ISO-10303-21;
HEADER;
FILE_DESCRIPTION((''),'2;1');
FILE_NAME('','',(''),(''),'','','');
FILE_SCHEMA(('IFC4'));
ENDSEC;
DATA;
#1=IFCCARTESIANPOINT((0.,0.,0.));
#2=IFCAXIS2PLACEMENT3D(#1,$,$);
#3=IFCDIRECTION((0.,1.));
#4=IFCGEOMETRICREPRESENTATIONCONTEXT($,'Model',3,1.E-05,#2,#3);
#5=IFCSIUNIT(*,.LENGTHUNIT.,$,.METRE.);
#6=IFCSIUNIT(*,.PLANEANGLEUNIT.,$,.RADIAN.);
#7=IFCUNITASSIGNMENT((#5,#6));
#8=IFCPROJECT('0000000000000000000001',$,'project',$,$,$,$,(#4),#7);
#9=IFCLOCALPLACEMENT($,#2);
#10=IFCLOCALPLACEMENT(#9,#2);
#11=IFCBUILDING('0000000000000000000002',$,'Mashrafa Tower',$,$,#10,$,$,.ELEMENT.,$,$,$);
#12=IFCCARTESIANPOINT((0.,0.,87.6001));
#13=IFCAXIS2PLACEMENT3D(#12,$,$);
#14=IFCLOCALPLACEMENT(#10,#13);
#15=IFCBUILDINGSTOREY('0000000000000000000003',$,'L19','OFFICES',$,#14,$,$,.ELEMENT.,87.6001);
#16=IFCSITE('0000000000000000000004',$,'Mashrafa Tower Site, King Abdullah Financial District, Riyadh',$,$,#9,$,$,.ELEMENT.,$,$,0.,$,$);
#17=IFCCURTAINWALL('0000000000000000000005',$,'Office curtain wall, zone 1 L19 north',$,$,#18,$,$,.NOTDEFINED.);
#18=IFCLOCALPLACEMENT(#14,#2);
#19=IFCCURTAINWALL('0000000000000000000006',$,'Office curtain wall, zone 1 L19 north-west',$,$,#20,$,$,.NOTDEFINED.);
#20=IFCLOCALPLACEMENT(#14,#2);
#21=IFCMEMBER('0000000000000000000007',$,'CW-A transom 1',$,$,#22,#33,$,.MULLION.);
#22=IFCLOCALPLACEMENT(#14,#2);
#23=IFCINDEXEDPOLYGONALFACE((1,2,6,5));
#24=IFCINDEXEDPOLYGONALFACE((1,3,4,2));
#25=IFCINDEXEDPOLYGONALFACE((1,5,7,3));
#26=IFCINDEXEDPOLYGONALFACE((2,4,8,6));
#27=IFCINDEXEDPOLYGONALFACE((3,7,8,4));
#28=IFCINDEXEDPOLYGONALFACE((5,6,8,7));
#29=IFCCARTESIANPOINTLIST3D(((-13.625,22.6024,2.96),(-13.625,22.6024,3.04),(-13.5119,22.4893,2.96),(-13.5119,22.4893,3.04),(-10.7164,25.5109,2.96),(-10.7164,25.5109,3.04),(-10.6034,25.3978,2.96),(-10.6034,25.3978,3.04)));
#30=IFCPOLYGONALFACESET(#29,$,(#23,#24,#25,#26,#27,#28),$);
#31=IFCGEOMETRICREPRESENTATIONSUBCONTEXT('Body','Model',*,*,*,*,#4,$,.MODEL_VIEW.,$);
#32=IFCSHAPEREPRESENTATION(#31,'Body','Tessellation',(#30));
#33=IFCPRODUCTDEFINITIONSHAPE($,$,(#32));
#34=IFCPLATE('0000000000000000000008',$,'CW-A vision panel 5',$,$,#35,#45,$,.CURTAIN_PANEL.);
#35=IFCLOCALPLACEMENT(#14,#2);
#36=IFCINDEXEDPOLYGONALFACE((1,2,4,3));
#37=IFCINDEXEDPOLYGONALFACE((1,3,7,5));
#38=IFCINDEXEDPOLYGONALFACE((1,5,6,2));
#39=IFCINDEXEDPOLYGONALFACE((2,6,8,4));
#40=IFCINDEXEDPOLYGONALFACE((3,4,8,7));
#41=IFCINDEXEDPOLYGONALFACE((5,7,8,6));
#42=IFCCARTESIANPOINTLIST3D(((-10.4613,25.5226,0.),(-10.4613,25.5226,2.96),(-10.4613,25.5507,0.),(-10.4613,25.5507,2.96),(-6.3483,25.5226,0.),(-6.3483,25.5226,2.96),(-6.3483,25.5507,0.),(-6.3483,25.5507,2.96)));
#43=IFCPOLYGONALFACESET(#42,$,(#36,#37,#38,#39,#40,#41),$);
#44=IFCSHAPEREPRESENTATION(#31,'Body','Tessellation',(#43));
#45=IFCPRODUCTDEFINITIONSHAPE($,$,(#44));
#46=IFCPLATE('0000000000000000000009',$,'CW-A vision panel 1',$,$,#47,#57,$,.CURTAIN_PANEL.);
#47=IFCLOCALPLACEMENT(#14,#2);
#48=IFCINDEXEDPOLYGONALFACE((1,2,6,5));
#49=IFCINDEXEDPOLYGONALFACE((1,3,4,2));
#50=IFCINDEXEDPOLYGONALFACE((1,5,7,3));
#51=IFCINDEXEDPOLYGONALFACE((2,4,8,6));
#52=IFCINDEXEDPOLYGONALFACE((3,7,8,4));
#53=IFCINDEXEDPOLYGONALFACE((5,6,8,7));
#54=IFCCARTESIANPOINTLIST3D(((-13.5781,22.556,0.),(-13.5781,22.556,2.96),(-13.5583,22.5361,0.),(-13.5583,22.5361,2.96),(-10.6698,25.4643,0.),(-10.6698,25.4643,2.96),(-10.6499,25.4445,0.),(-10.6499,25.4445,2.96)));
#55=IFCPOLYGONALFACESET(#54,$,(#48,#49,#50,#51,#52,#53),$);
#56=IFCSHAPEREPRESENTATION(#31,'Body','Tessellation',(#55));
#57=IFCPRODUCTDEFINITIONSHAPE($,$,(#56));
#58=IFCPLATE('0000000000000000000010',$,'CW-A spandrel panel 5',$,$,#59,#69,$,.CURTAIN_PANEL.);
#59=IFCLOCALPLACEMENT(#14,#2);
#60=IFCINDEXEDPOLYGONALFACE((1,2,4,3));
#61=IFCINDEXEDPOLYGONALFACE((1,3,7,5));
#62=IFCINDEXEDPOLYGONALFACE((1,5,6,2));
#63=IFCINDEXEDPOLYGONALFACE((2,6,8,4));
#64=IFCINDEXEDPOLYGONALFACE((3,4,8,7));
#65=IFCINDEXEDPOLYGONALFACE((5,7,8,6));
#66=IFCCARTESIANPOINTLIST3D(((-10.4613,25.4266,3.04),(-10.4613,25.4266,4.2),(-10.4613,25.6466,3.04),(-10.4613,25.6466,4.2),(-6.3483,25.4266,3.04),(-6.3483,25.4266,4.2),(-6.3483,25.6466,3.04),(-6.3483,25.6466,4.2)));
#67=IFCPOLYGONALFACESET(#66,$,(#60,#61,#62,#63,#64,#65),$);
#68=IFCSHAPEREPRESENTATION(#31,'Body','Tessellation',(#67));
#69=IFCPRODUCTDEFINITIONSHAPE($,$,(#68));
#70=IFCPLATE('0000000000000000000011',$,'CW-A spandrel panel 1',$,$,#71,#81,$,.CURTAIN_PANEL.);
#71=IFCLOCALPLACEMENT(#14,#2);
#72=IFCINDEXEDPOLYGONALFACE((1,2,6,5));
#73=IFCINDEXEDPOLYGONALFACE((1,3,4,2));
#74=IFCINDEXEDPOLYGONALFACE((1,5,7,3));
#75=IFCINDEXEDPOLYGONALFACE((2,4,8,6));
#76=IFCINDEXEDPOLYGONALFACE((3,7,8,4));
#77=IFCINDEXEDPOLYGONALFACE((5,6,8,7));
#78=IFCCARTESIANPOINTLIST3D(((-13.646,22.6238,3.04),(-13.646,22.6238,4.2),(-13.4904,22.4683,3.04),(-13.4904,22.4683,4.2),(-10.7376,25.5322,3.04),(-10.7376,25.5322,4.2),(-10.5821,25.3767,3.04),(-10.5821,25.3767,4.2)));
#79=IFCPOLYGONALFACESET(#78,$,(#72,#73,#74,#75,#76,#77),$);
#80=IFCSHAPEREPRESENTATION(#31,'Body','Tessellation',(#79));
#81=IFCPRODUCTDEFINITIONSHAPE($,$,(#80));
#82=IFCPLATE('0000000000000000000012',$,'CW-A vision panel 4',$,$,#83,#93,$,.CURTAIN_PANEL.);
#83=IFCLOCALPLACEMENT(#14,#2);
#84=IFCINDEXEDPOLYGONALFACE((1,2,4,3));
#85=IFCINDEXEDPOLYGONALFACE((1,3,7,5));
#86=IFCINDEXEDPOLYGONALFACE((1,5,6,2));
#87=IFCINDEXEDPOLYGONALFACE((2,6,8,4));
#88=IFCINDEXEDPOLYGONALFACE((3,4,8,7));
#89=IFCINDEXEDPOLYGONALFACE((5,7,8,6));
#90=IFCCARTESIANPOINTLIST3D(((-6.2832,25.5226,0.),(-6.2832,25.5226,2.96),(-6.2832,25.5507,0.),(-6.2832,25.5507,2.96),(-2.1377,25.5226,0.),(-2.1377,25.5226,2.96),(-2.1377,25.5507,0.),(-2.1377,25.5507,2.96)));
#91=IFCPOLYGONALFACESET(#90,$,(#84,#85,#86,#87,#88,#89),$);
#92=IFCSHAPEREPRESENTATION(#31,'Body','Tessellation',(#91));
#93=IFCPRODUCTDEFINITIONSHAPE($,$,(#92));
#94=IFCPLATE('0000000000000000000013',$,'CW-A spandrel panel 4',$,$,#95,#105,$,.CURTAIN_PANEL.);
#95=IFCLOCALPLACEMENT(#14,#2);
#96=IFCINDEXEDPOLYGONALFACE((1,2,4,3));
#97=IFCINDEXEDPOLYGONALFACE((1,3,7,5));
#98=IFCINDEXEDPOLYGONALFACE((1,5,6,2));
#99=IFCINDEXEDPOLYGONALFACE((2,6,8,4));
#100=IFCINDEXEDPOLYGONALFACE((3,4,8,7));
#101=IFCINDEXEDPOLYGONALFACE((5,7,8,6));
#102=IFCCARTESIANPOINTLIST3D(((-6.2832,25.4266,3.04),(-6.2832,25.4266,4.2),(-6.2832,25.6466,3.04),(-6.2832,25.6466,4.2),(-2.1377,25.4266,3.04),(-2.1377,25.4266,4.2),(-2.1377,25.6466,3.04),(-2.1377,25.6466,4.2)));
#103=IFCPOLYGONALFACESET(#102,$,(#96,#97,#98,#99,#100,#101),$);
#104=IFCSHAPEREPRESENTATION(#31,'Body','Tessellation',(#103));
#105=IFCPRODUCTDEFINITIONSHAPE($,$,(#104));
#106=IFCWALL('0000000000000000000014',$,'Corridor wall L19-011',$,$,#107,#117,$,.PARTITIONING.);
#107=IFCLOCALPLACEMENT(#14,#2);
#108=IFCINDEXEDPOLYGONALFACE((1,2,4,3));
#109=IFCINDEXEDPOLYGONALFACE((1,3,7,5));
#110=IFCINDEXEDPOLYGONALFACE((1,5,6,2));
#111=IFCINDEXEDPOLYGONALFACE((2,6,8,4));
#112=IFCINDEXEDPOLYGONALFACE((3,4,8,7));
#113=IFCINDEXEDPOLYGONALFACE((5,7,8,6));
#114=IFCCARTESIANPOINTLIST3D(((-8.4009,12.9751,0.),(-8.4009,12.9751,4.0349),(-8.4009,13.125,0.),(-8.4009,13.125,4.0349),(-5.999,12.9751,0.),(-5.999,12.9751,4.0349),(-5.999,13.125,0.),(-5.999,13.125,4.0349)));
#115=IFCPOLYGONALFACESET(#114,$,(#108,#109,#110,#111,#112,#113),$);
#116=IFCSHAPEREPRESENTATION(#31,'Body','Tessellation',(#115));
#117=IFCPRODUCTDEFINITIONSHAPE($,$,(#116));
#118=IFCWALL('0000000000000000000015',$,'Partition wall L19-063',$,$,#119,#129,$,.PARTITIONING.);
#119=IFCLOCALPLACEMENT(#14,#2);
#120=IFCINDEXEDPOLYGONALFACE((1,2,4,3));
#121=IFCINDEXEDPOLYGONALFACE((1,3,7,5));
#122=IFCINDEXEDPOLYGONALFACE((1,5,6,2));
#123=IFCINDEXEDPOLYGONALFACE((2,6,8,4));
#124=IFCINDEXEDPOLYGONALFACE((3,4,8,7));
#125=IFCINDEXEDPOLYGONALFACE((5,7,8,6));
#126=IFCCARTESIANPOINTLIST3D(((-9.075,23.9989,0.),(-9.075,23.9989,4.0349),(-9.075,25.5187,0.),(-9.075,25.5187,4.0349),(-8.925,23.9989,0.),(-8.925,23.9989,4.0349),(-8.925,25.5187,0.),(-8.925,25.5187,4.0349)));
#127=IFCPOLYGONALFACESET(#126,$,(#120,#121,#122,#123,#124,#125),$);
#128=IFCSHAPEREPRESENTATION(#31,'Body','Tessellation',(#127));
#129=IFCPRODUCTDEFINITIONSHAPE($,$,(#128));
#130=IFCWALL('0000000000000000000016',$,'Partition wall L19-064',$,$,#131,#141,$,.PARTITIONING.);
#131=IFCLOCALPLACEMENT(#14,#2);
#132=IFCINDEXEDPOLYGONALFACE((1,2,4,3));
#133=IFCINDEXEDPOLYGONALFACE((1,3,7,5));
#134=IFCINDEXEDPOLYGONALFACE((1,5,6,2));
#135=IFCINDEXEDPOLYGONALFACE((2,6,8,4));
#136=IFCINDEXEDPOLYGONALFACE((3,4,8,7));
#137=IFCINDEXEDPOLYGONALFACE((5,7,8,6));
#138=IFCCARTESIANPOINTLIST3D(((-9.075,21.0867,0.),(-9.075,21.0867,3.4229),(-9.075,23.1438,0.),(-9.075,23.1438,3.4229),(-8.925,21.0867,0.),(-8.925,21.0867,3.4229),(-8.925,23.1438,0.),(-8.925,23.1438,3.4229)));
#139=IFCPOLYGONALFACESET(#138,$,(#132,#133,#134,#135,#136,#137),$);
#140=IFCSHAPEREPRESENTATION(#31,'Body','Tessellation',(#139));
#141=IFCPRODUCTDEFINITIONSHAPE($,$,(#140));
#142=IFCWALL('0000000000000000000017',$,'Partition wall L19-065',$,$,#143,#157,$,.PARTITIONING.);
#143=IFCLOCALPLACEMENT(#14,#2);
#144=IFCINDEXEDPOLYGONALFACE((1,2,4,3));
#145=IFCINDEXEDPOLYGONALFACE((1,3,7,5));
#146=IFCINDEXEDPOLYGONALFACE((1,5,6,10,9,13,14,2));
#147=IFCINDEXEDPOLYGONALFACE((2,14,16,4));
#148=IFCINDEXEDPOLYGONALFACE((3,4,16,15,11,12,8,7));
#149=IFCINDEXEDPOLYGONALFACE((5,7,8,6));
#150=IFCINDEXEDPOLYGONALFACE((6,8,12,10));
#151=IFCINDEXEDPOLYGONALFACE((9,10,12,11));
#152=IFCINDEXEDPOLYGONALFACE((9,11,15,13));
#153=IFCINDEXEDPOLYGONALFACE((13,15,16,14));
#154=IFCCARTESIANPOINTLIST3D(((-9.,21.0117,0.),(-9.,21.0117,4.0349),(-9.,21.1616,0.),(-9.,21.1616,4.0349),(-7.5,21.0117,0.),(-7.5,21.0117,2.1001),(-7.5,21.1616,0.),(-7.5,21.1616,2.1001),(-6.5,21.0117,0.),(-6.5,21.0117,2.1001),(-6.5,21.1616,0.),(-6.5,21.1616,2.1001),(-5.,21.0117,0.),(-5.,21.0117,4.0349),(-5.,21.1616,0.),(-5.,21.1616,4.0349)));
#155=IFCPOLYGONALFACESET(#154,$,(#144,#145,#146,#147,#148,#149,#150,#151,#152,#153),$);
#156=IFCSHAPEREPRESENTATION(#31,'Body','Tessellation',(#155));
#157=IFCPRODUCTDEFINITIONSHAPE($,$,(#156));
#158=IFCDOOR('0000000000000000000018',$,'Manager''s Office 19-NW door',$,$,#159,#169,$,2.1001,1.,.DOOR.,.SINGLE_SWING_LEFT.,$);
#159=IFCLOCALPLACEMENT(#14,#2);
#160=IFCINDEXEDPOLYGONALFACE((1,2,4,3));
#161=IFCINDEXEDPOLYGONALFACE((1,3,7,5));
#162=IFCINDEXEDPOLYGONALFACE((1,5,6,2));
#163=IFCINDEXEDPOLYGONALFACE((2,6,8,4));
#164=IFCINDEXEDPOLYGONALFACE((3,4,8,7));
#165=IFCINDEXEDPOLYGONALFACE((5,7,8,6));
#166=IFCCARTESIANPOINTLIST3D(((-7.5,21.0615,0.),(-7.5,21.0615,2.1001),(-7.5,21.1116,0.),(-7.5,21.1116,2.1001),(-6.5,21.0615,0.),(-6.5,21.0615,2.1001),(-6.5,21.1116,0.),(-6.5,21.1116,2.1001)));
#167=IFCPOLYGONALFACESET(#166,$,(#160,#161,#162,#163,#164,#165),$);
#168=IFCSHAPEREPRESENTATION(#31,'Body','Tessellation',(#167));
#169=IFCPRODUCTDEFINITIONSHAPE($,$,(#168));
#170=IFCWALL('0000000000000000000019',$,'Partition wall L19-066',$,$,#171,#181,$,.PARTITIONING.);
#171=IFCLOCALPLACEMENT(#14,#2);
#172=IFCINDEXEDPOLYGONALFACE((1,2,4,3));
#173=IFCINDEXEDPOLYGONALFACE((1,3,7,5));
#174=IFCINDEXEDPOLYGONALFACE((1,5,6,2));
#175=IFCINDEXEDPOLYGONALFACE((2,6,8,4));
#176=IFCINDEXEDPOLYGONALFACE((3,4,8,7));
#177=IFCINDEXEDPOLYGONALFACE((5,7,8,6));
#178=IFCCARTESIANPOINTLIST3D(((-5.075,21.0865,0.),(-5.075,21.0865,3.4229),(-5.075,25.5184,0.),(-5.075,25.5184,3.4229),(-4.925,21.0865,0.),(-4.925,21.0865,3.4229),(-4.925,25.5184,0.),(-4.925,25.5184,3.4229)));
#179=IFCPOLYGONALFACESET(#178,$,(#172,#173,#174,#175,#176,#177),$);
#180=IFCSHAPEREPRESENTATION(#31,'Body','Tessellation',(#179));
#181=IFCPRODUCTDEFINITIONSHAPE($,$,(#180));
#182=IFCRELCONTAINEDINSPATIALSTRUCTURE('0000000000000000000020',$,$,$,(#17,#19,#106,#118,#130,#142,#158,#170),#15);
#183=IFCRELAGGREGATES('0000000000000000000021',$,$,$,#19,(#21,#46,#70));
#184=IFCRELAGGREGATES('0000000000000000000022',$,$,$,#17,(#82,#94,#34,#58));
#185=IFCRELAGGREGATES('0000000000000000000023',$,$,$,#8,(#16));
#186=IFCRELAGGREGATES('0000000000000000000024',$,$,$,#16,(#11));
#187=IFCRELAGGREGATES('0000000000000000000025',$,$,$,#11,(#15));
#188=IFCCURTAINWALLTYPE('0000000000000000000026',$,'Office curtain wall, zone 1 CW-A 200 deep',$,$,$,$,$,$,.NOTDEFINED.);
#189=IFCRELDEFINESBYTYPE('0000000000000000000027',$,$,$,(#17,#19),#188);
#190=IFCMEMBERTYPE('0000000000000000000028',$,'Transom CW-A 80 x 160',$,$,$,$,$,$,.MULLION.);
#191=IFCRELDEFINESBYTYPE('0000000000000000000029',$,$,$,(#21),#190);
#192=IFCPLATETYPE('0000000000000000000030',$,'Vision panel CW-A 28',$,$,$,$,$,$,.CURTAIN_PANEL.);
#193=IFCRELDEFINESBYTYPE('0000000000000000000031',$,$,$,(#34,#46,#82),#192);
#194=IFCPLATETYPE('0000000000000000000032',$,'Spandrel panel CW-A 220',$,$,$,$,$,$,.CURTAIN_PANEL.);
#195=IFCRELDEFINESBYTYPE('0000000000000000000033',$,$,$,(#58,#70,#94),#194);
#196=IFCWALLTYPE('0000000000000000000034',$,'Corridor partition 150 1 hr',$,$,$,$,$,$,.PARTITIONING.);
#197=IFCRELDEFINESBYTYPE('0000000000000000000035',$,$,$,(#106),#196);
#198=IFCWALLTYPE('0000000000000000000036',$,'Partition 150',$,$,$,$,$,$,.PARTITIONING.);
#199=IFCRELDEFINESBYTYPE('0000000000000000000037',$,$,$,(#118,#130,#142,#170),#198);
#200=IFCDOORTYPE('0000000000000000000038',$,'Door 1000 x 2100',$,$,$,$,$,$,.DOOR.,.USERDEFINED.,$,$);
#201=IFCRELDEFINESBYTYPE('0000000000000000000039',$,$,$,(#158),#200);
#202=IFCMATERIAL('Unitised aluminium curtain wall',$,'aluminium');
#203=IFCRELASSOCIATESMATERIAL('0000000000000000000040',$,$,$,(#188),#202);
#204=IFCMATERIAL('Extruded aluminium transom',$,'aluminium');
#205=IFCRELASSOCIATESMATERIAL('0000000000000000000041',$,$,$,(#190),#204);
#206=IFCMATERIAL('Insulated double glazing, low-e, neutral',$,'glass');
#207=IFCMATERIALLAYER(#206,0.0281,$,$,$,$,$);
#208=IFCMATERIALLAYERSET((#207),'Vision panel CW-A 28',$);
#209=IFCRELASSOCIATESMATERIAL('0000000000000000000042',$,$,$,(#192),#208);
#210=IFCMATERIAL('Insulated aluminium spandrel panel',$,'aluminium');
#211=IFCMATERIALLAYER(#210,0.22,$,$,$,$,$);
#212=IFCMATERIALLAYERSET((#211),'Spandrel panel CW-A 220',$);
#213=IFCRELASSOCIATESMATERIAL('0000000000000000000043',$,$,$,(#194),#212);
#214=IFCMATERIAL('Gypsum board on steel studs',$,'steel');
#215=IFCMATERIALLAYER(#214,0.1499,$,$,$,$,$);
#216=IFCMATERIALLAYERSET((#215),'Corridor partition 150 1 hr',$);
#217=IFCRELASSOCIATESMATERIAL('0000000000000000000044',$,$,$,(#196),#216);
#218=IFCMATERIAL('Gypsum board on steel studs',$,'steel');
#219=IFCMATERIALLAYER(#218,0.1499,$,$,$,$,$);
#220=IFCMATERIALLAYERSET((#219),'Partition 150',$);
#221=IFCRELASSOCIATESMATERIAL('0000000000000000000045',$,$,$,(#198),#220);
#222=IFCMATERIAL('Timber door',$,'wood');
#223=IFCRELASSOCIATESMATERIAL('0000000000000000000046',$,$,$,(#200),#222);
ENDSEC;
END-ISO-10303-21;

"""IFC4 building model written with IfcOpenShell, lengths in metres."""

from ifc_helpers import new_model, si_unit, direction, frame, frame_2d, origin, origin_2d, place, context, subcontext, project, spatial, rectangle, extrude, source, transform, mapped, material, layer, layer_set, material_profile, profile_set, type_object, type_shapes, element, fill, aggregate, save


model = new_model("IFC4")

# Units and contexts
model_context = context("Model", 3, precision=1e-05, world=origin(), true_north=direction((0.0, 1.0)))
body_context = subcontext(model_context, "Body", "Model", "MODEL_VIEW")
ifc_project = project(units=[si_unit("LENGTHUNIT", "METRE"), si_unit("PLANEANGLEUNIT", "RADIAN")], contexts=[model_context])

# Site, building, storey
site_placement = place(None, origin())
site = spatial("IfcSite", under=ifc_project, at=site_placement, Name="Mashrafa Tower Site, King Abdullah Financial District, Riyadh", CompositionType="ELEMENT", RefElevation=0.0)
building_placement = place(site_placement, origin())
building = spatial("IfcBuilding", under=site, at=building_placement, Name="Mashrafa Tower", CompositionType="ELEMENT")
storey_placement = place(building_placement, frame((0.0, 0.0, 87.6001)))
storey = spatial("IfcBuildingStorey", under=building, at=storey_placement, Name="L19", Description="OFFICES", CompositionType="ELEMENT", Elevation=87.6001)

# Curtain wall
ifc_material_1 = material(Name="Unitised aluminium curtain wall", Category="aluminium")
curtain_wall_type = type_object("IfcCurtainWallType", Name="Office curtain wall, zone 1 CW-A 200 deep", PredefinedType="NOTDEFINED", material=ifc_material_1)
curtain_wall_1_placement = place(storey_placement, origin())
curtain_wall_1 = element("IfcCurtainWall", 1, at=curtain_wall_1_placement, inside=storey, type_object=curtain_wall_type, Name="Office curtain wall, zone 1 L19 north", PredefinedType="NOTDEFINED")

# Curtain wall
curtain_wall_2_placement = place(storey_placement, origin())
curtain_wall_2 = element("IfcCurtainWall", 2, at=curtain_wall_2_placement, inside=storey, type_object=curtain_wall_type, Name="Office curtain wall, zone 1 L19 north-west", PredefinedType="NOTDEFINED")

# Member
ifc_material_2 = material(Name="Extruded aluminium transom", Category="aluminium")
ifc_material_profile_1 = material_profile(ifc_material_2, rectangle(XDim=0.1599, YDim=0.0801, at=origin_2d()), Name="Transom 80x160")
ifc_profile_set_1 = profile_set([ifc_material_profile_1], Name="Extruded aluminium transom")
member_type_1 = type_object("IfcMemberType", Name="Transom CW-A 80 x 160", PredefinedType="MULLION", material=ifc_profile_set_1)
shared_shape_1 = source(origin(), body_context, "Body", "SweptSolid", [
    extrude(rectangle(XDim=0.1599, YDim=0.0801, at=origin_2d()), origin(), (0.0, 0.0, 1.0), 4.1133),
])
member_1_placement = place(storey_placement, frame((-10.6599, 25.4543, 3.0), z_axis=(-0.707107, -0.707107, 0.0), x_axis=(0.707107, -0.707107, 0.0)))
member_1 = element("IfcMember", 3, at=member_1_placement, type_object=member_type_1, Name="CW-A transom 1", PredefinedType="MULLION", context=body_context, shape_type="MappedRepresentation", body=[
    mapped(shared_shape_1, transform((0.0, 0.0, 0.0))),
])

# Plates
ifc_material_3 = material(Name="Insulated double glazing, low-e, neutral", Category="glass")
ifc_layer_1 = layer(ifc_material_3, 0.0281)
ifc_layer_set_1 = layer_set([ifc_layer_1], Name="Vision panel CW-A 28")
plate_type_1 = type_object("IfcPlateType", Name="Vision panel CW-A 28", PredefinedType="CURTAIN_PANEL", material=ifc_layer_set_1)
shared_shape_2 = source(origin(), body_context, "Body", "SweptSolid", [
    extrude(rectangle(XDim=4.113, YDim=0.0281, at=origin_2d()), origin(), (0.0, 0.0, 1.0), 2.96),
])
plate_1_placement = place(storey_placement, frame((-8.4048, 25.5366, 0.0), z_axis=(0.0, 0.0, 1.0), x_axis=(-1.0, 0.0, 0.0)))
plate_1 = element("IfcPlate", 4, at=plate_1_placement, type_object=plate_type_1, Name="CW-A vision panel 5", PredefinedType="CURTAIN_PANEL", context=body_context, shape_type="MappedRepresentation", body=[
    mapped(shared_shape_2, transform((0.0, 0.0, 0.0))),
])
plate_2_placement = place(storey_placement, frame((-12.114, 24.0002, 0.0), z_axis=(0.0, 0.0, 1.0), x_axis=(-0.707107, -0.707107, 0.0)))
plate_2 = element("IfcPlate", 5, at=plate_2_placement, type_object=plate_type_1, Name="CW-A vision panel 1", PredefinedType="CURTAIN_PANEL", context=body_context, shape_type="MappedRepresentation", body=[
    mapped(shared_shape_2, transform((0.0, 0.0, 0.0))),
])
ifc_material_4 = material(Name="Insulated aluminium spandrel panel", Category="aluminium")
ifc_layer_2 = layer(ifc_material_4, 0.22)
ifc_layer_set_2 = layer_set([ifc_layer_2], Name="Spandrel panel CW-A 220")
plate_type_2 = type_object("IfcPlateType", Name="Spandrel panel CW-A 220", PredefinedType="CURTAIN_PANEL", material=ifc_layer_set_2)
shared_shape_3 = source(origin(), body_context, "Body", "SweptSolid", [
    extrude(rectangle(XDim=4.113, YDim=0.22, at=origin_2d()), origin(), (0.0, 0.0, 1.0), 1.1599),
])
plate_3_placement = place(storey_placement, frame((-8.4048, 25.5366, 3.04), z_axis=(0.0, 0.0, 1.0), x_axis=(-1.0, 0.0, 0.0)))
plate_3 = element("IfcPlate", 6, at=plate_3_placement, type_object=plate_type_2, Name="CW-A spandrel panel 5", PredefinedType="CURTAIN_PANEL", context=body_context, shape_type="MappedRepresentation", body=[
    mapped(shared_shape_3, transform((0.0, 0.0, 0.0))),
])
plate_4_placement = place(storey_placement, frame((-12.114, 24.0002, 3.04), z_axis=(0.0, 0.0, 1.0), x_axis=(-0.707107, -0.707107, 0.0)))
plate_4 = element("IfcPlate", 7, at=plate_4_placement, type_object=plate_type_2, Name="CW-A spandrel panel 1", PredefinedType="CURTAIN_PANEL", context=body_context, shape_type="MappedRepresentation", body=[
    mapped(shared_shape_3, transform((0.0, 0.0, 0.0))),
])
aggregate(curtain_wall_2, [member_1, plate_2, plate_4])
shared_shape_4 = source(origin(), body_context, "Body", "SweptSolid", [
    extrude(rectangle(XDim=4.1455, YDim=0.0281, at=origin_2d()), origin(), (0.0, 0.0, 1.0), 2.96),
])
type_shapes(plate_type_1, [shared_shape_2, shared_shape_4])
plate_5_placement = place(storey_placement, frame((-4.2104, 25.5366, 0.0), z_axis=(0.0, 0.0, 1.0), x_axis=(-1.0, 0.0, 0.0)))
plate_5 = element("IfcPlate", 8, at=plate_5_placement, type_object=plate_type_1, Name="CW-A vision panel 4", PredefinedType="CURTAIN_PANEL", context=body_context, shape_type="MappedRepresentation", body=[
    mapped(shared_shape_4, transform((0.0, 0.0, 0.0))),
])
shared_shape_5 = source(origin(), body_context, "Body", "SweptSolid", [
    extrude(rectangle(XDim=4.1455, YDim=0.22, at=origin_2d()), origin(), (0.0, 0.0, 1.0), 1.1599),
])
type_shapes(plate_type_2, [shared_shape_3, shared_shape_5])
plate_6_placement = place(storey_placement, frame((-4.2104, 25.5366, 3.04), z_axis=(0.0, 0.0, 1.0), x_axis=(-1.0, 0.0, 0.0)))
plate_6 = element("IfcPlate", 9, at=plate_6_placement, type_object=plate_type_2, Name="CW-A spandrel panel 4", PredefinedType="CURTAIN_PANEL", context=body_context, shape_type="MappedRepresentation", body=[
    mapped(shared_shape_5, transform((0.0, 0.0, 0.0))),
])
aggregate(curtain_wall_1, [plate_5, plate_6, plate_1, plate_3])

# Walls
ifc_material_5 = material(Name="Gypsum board on steel studs", Category="steel")
ifc_layer_3 = layer(ifc_material_5, 0.1499)
ifc_layer_set_3 = layer_set([ifc_layer_3], Name="Corridor partition 150 1 hr")
wall_type_1 = type_object("IfcWallType", Name="Corridor partition 150 1 hr", PredefinedType="PARTITIONING", material=ifc_layer_set_3)
wall_1_placement = place(storey_placement, frame((-5.999, 13.05, 0.0), z_axis=(0.0, 0.0, 1.0), x_axis=(-1.0, 0.0, 0.0)))
element("IfcWall", 10, at=wall_1_placement, inside=storey, type_object=wall_type_1, Name="Corridor wall L19-011", PredefinedType="PARTITIONING", context=body_context, shape_type="SweptSolid", body=[
    extrude(rectangle(XDim=2.4019, YDim=0.1499, at=frame_2d((1.2009, 0.0))), origin(), (0.0, 0.0, 1.0), 4.0349),
])
ifc_material_6 = material(Name="Gypsum board on steel studs", Category="steel")
ifc_layer_4 = layer(ifc_material_6, 0.1499)
ifc_layer_set_4 = layer_set([ifc_layer_4], Name="Partition 150")
wall_type_2 = type_object("IfcWallType", Name="Partition 150", PredefinedType="PARTITIONING", material=ifc_layer_set_4)
wall_2_placement = place(storey_placement, frame((-9.0, 25.5186, 0.0), z_axis=(0.0, 0.0, 1.0), x_axis=(0.0, -1.0, 0.0)))
element("IfcWall", 11, at=wall_2_placement, inside=storey, type_object=wall_type_2, Name="Partition wall L19-063", PredefinedType="PARTITIONING", context=body_context, shape_type="SweptSolid", body=[
    extrude(rectangle(XDim=1.5198, YDim=0.1499, at=frame_2d((0.7598, 0.0))), origin(), (0.0, 0.0, 1.0), 4.0349),
])
wall_3_placement = place(storey_placement, frame((-9.0, 23.1438, 0.0), z_axis=(0.0, 0.0, 1.0), x_axis=(0.0, -1.0, 0.0)))
element("IfcWall", 12, at=wall_3_placement, inside=storey, type_object=wall_type_2, Name="Partition wall L19-064", PredefinedType="PARTITIONING", context=body_context, shape_type="SweptSolid", body=[
    extrude(rectangle(XDim=2.0571, YDim=0.1499, at=frame_2d((1.0286, 0.0))), origin(), (0.0, 0.0, 1.0), 3.4229),
])

# Wall, opening, door
wall_4_placement = place(storey_placement, frame((-9.0, 21.0867, 0.0), z_axis=(0.0, 0.0, 1.0), x_axis=(1.0, 0.0, 0.0)))
wall_4 = element("IfcWall", 13, at=wall_4_placement, inside=storey, type_object=wall_type_2, Name="Partition wall L19-065", PredefinedType="PARTITIONING", context=body_context, shape_type="SweptSolid", body=[
    extrude(rectangle(XDim=4.0, YDim=0.1499, at=frame_2d((2.0, 0.0))), origin(), (0.0, 0.0, 1.0), 4.0349),
])
opening_1_placement = place(wall_4_placement, frame((1.5, 0.0, 0.0)))
opening_1 = element("IfcOpeningElement", 14, at=opening_1_placement, cuts=wall_4, PredefinedType="OPENING", context=body_context, shape_type="SweptSolid", body=[
    extrude(rectangle(XDim=1.0, YDim=2.1001, at=frame_2d((0.5, 1.05))), frame((0.0, 0.085, 0.0), z_axis=(0.0, -1.0, 0.0), x_axis=(1.0, 0.0, 0.0)), (0.0, 0.0, 1.0), 0.1699),
])
ifc_material_7 = material(Name="Timber door", Category="wood")
door_type = type_object("IfcDoorType", Name="Door 1000 x 2100", OperationType="USERDEFINED", PredefinedType="DOOR", material=ifc_material_7)
door_1_placement = place(opening_1_placement, origin())
door_1 = element("IfcDoor", 15, at=door_1_placement, inside=storey, type_object=door_type, Name="Manager's Office 19-NW door", OperationType="SINGLE_SWING_LEFT", OverallHeight=2.1001, OverallWidth=1.0, PredefinedType="DOOR", context=body_context, shape_type="SweptSolid", body=[
    extrude(rectangle(XDim=1.0, YDim=2.1001, at=frame_2d((0.5, 1.05))), frame((0.0, 0.0249, 0.0), z_axis=(0.0, -1.0, 0.0), x_axis=(1.0, 0.0, 0.0)), (0.0, 0.0, 1.0), 0.05),
])
fill(opening_1, door_1)

# Wall
wall_5_placement = place(storey_placement, frame((-5.0, 21.0867, 0.0), z_axis=(0.0, 0.0, 1.0), x_axis=(0.0, 1.0, 0.0)))
element("IfcWall", 16, at=wall_5_placement, inside=storey, type_object=wall_type_2, Name="Partition wall L19-066", PredefinedType="PARTITIONING", context=body_context, shape_type="SweptSolid", body=[
    extrude(rectangle(XDim=4.4319, YDim=0.1499, at=frame_2d((2.2158, 0.0))), origin(), (0.0, 0.0, 1.0), 3.4229),
])

save(model, "model.ifc")
